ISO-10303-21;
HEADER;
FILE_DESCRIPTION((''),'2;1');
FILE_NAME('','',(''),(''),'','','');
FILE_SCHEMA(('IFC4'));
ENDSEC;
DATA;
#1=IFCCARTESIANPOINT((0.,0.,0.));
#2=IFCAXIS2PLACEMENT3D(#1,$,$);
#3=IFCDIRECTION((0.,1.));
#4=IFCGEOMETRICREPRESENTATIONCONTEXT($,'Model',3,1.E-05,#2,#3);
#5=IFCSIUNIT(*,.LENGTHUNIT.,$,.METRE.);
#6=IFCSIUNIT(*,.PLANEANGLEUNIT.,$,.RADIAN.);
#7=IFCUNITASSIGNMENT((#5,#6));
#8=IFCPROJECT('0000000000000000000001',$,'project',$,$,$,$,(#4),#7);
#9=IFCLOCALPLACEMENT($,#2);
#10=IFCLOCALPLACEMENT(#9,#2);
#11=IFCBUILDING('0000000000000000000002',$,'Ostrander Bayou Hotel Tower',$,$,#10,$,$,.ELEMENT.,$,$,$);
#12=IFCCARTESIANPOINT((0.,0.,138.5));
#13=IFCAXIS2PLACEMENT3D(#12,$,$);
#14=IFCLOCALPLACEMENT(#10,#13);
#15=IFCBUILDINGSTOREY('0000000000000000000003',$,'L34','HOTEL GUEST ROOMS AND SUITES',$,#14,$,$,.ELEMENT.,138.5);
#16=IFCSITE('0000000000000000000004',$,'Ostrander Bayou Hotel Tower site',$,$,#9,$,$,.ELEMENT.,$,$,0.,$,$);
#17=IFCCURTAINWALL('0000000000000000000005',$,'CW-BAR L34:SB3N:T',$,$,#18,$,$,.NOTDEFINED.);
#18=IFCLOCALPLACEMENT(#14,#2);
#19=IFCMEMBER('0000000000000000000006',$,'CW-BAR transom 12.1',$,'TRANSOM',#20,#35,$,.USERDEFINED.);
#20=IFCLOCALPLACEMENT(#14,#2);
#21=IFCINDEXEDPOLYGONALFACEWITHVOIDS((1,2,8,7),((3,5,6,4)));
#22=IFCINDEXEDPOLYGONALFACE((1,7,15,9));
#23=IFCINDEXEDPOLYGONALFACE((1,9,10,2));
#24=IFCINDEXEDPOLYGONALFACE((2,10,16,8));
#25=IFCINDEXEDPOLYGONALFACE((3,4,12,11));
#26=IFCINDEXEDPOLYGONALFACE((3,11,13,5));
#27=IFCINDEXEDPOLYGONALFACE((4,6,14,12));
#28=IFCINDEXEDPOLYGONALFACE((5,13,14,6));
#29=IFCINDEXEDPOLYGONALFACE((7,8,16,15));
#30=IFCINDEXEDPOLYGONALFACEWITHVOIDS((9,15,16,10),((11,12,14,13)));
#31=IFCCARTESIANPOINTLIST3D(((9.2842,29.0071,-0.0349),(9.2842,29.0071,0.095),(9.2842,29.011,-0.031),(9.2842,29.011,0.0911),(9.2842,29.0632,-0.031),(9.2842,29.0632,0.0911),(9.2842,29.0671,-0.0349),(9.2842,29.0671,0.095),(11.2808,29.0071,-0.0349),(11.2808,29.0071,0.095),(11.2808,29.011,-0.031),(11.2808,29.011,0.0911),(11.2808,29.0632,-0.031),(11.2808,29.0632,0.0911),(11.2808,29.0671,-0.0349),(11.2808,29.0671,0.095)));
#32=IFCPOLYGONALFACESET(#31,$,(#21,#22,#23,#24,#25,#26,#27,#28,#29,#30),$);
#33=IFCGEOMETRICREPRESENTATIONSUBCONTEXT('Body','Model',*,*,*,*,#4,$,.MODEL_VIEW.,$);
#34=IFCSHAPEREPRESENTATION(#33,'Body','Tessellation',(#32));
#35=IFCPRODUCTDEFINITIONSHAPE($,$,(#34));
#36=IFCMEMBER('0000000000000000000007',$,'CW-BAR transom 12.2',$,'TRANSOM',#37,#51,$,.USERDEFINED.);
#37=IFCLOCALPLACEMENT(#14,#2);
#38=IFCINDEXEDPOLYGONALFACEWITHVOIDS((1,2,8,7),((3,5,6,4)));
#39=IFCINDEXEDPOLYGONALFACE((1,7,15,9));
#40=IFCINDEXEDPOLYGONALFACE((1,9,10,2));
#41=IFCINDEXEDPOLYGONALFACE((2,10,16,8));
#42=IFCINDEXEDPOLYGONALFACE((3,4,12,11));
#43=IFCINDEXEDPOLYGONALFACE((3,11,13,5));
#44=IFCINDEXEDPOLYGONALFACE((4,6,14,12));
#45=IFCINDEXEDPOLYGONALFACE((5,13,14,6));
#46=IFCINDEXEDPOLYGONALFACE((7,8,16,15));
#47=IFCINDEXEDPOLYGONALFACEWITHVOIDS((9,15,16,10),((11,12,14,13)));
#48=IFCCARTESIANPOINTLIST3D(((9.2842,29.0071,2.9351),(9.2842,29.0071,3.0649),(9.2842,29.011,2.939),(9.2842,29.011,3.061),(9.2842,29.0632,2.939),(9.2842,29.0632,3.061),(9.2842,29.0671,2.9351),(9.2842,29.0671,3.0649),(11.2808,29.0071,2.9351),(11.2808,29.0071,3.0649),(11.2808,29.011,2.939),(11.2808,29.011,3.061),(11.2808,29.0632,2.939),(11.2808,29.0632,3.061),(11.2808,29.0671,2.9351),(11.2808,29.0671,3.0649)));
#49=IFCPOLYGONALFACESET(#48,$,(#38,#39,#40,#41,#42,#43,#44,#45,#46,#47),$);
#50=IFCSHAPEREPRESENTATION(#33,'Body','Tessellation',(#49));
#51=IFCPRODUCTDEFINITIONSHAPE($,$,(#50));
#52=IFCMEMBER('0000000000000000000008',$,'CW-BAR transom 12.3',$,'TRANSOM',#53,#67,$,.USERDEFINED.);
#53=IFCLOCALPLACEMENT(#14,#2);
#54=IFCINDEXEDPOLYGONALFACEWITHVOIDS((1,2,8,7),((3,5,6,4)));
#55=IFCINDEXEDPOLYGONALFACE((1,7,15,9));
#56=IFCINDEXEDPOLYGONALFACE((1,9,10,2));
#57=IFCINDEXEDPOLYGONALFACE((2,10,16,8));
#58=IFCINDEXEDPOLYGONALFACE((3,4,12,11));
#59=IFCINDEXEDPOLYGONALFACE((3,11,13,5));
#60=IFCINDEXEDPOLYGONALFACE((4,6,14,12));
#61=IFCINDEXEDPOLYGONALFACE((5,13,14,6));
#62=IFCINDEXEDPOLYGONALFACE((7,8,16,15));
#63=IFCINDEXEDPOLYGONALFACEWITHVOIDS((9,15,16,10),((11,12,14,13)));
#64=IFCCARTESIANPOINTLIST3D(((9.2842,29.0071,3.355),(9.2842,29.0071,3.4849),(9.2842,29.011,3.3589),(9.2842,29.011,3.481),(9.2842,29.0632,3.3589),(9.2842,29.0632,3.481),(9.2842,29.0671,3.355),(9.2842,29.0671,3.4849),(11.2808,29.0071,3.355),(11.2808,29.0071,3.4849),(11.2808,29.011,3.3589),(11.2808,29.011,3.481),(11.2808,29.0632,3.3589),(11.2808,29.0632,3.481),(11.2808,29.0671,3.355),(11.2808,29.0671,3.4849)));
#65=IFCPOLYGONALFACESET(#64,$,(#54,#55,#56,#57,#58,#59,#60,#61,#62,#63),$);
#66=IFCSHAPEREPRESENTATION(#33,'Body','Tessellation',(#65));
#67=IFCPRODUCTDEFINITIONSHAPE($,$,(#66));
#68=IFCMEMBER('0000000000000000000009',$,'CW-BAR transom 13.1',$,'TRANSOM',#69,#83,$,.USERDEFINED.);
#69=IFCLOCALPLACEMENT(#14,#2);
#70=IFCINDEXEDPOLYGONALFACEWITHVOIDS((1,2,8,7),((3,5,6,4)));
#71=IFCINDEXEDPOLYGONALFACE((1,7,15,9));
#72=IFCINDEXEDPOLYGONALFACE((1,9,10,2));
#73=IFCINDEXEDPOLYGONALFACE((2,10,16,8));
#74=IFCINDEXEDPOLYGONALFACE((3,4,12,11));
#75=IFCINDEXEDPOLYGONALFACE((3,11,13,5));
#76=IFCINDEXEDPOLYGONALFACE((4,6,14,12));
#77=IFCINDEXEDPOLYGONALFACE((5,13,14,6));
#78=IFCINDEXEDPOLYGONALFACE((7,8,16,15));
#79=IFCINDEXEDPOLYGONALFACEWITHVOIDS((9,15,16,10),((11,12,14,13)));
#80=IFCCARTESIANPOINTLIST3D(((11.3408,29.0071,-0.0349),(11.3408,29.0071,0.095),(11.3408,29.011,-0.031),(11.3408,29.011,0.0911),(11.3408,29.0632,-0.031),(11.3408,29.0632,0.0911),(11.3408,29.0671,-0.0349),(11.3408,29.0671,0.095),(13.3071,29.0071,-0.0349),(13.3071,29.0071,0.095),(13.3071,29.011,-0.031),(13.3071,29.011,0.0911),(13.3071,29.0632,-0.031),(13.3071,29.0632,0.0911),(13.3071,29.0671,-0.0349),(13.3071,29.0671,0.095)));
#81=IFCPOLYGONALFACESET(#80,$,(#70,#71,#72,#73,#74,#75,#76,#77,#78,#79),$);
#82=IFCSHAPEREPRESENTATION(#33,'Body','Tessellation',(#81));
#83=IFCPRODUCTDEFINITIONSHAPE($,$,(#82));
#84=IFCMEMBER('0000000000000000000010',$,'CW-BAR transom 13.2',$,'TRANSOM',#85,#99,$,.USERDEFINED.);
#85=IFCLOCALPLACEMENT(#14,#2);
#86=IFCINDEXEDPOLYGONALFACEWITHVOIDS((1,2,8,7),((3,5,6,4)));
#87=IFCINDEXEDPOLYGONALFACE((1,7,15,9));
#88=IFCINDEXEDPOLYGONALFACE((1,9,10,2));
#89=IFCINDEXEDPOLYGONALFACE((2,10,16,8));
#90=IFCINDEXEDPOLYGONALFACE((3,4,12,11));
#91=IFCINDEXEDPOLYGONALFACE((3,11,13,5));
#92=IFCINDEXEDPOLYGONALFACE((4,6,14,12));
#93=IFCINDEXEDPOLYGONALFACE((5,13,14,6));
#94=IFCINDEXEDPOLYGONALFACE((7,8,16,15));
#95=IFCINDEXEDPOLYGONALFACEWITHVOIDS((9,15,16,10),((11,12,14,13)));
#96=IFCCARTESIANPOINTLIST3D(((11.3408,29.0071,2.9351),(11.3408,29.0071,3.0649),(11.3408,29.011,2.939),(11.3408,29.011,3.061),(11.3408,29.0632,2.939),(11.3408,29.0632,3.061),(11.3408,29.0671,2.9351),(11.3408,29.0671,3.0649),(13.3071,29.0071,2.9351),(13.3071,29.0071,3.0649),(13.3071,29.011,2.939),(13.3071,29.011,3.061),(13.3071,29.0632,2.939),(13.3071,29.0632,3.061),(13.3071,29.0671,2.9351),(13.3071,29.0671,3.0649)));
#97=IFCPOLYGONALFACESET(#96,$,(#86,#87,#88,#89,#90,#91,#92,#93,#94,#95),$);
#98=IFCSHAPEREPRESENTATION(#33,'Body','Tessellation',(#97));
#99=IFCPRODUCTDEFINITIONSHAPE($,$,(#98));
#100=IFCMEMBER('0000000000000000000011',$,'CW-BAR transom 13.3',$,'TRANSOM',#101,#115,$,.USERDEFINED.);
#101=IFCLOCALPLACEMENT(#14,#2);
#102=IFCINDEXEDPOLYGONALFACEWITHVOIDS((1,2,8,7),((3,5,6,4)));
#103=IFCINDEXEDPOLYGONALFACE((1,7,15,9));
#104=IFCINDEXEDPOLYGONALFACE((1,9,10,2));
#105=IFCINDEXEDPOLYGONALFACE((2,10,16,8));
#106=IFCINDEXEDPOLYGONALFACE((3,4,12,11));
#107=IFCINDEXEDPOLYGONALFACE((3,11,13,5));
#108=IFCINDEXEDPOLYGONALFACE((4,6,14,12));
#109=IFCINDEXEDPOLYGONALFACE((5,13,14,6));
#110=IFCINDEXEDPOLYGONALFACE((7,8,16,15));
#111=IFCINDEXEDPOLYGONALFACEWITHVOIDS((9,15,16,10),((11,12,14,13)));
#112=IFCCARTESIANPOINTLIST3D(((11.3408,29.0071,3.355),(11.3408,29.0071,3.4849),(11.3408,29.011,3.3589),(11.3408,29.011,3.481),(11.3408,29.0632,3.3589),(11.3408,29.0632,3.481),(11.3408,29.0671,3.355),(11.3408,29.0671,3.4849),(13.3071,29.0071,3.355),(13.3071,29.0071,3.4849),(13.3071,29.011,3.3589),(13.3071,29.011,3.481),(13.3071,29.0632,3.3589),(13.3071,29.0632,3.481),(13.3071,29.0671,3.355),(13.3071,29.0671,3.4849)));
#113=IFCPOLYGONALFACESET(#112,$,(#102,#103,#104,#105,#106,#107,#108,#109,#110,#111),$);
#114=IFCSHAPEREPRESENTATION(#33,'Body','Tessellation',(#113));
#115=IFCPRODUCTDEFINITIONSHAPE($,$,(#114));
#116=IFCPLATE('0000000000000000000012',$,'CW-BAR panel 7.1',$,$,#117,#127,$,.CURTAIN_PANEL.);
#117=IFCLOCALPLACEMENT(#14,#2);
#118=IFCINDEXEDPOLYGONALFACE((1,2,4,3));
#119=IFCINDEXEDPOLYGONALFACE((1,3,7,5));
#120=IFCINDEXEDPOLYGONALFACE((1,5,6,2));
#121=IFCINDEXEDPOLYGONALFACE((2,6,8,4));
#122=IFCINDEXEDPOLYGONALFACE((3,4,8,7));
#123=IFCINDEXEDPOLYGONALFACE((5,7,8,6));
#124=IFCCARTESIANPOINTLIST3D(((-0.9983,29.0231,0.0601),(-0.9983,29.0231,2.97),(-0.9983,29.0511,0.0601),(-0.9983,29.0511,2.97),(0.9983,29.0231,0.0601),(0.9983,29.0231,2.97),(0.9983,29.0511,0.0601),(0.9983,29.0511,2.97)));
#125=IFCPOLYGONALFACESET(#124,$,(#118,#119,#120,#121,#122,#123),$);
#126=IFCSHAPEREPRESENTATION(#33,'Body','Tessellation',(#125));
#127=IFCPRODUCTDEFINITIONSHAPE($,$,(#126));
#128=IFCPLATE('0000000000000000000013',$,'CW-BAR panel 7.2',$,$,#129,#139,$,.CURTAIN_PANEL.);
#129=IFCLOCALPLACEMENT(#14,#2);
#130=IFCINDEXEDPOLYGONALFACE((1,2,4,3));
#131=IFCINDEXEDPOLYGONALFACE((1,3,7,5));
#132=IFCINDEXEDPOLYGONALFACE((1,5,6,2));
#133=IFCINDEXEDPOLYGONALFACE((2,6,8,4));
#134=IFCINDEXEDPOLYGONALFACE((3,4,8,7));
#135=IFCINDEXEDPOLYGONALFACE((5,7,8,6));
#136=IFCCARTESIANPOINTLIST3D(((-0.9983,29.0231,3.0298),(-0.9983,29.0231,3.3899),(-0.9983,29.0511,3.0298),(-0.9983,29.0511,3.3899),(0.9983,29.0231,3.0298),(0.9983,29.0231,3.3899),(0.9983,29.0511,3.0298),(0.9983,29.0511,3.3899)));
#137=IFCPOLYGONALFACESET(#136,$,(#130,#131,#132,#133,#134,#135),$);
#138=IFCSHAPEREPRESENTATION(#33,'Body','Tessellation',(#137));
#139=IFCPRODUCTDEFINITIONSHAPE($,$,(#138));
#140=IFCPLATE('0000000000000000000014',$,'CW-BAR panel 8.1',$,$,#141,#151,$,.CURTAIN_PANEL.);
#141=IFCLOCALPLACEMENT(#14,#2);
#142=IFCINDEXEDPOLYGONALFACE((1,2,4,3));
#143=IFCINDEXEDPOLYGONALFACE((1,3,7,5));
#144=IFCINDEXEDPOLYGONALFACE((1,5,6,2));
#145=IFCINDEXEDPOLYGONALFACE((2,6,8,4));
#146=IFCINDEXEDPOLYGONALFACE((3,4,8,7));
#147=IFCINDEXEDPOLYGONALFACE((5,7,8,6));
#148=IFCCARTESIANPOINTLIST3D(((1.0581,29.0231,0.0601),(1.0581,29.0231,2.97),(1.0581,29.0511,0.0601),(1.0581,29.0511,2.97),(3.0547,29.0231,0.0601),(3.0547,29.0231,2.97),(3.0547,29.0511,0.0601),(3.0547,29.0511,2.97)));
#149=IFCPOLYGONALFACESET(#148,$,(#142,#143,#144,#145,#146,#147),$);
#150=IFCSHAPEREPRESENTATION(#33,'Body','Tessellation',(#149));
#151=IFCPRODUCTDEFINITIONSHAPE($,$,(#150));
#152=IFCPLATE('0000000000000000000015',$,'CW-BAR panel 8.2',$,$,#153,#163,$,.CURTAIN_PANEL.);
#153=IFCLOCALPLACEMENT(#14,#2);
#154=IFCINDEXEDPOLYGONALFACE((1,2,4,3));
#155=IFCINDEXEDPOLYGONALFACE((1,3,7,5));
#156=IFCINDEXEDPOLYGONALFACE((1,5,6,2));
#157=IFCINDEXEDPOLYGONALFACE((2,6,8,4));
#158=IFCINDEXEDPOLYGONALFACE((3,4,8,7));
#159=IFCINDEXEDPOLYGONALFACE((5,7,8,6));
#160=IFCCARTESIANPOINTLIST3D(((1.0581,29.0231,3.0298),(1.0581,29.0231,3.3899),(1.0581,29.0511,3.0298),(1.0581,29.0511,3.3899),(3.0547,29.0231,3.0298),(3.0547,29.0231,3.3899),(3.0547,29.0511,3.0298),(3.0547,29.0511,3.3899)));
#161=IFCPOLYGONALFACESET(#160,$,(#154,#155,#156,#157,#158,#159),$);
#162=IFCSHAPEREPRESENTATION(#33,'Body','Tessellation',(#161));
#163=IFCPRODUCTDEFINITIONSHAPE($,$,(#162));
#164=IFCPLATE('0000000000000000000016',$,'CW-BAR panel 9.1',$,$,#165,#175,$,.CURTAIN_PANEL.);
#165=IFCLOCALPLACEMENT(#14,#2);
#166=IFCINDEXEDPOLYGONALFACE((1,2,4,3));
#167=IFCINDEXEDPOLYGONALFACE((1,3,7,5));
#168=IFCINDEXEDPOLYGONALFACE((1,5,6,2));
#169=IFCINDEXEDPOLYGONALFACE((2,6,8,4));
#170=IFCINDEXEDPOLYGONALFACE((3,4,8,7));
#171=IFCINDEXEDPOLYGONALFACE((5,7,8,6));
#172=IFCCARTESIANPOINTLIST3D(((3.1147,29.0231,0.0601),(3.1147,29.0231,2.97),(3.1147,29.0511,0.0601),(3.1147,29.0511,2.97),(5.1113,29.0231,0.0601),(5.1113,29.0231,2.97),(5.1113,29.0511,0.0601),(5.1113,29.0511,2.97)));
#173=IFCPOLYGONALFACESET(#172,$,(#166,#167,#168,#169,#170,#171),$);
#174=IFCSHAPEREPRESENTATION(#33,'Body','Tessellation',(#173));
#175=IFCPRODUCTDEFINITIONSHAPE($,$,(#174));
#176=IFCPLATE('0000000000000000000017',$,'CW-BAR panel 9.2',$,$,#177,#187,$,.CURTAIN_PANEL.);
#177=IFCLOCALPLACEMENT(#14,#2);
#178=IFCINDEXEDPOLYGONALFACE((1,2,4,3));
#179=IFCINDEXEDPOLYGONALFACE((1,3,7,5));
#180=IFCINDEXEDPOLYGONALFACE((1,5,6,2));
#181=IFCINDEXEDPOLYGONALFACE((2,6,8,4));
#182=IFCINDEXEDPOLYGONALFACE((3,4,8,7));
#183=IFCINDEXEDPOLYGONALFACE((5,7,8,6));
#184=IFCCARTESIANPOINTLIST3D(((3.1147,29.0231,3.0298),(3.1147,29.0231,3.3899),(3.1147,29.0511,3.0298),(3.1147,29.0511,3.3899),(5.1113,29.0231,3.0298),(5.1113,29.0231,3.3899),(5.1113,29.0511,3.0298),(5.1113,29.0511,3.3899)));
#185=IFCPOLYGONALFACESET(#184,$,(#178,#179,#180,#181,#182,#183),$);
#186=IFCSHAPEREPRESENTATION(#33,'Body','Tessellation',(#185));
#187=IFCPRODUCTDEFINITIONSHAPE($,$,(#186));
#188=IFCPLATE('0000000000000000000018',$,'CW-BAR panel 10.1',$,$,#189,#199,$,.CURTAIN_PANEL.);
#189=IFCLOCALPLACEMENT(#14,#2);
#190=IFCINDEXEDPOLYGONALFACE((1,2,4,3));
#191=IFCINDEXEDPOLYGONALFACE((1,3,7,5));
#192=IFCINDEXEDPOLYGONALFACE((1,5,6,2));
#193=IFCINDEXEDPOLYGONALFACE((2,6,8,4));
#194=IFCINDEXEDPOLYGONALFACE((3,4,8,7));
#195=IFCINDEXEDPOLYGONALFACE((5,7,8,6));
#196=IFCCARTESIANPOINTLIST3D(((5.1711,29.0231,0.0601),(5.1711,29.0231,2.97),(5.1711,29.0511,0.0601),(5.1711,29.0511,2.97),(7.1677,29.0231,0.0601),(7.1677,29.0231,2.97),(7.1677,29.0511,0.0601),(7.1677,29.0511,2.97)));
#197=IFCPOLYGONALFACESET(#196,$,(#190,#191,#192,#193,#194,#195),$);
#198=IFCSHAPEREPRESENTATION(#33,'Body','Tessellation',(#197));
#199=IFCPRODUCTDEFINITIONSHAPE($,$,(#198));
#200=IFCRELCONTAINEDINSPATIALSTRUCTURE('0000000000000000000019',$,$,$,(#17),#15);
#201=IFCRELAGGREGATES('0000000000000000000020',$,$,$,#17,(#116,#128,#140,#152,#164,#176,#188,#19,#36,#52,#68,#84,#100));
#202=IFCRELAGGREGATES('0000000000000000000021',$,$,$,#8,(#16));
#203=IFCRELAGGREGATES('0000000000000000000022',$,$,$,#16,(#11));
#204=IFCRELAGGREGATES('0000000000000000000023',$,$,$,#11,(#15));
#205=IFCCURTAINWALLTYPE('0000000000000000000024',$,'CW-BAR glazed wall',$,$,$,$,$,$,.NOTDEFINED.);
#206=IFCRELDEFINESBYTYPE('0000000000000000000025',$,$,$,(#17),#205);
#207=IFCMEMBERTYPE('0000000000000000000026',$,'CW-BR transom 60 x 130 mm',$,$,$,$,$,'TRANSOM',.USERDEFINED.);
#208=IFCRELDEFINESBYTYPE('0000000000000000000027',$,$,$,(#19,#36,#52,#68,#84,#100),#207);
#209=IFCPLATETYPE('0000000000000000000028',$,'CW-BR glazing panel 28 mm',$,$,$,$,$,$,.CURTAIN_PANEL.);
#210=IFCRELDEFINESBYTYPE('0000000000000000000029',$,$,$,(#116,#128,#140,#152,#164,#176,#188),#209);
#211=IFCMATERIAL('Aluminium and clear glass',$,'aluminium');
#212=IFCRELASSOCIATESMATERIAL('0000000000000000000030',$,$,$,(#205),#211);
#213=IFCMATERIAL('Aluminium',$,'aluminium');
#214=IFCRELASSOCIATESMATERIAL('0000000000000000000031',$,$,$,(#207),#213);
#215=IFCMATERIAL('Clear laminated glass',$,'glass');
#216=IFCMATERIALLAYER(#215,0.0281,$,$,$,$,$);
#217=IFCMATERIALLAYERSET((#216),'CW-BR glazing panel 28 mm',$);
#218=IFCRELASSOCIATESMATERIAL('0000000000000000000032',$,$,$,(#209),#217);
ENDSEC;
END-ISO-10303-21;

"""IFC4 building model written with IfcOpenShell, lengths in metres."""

from ifc_helpers import new_model, si_unit, direction, frame, origin, origin_2d, place, context, subcontext, project, spatial, rectangle, hollow_rectangle, extrude, material, layer, layer_set, material_profile, profile_set, type_object, element, aggregate, save


model = new_model("IFC4")

# Units and contexts
model_context = context("Model", 3, precision=1e-05, world=origin(), true_north=direction((0.0, 1.0)))
body_context = subcontext(model_context, "Body", "Model", "MODEL_VIEW")
ifc_project = project(units=[si_unit("LENGTHUNIT", "METRE"), si_unit("PLANEANGLEUNIT", "RADIAN")], contexts=[model_context])

# Site, building, storey
site_placement = place(None, origin())
site = spatial("IfcSite", under=ifc_project, at=site_placement, Name="Ostrander Bayou Hotel Tower site", CompositionType="ELEMENT", RefElevation=0.0)
building_placement = place(site_placement, origin())
building = spatial("IfcBuilding", under=site, at=building_placement, Name="Ostrander Bayou Hotel Tower", CompositionType="ELEMENT")
storey_placement = place(building_placement, frame((0.0, 0.0, 138.5)))
storey = spatial("IfcBuildingStorey", under=building, at=storey_placement, Name="L34", Description="HOTEL GUEST ROOMS AND SUITES", CompositionType="ELEMENT", Elevation=138.5)

# Curtain wall, members, plates
ifc_material_1 = material(Name="Aluminium and clear glass", Category="aluminium")
curtain_wall_type = type_object("IfcCurtainWallType", Name="CW-BAR glazed wall", PredefinedType="NOTDEFINED", material=ifc_material_1)
curtain_wall_placement = place(storey_placement, origin())
curtain_wall = element("IfcCurtainWall", 1, at=curtain_wall_placement, inside=storey, type_object=curtain_wall_type, Name="CW-BAR L34:SB3N:T", PredefinedType="NOTDEFINED")
ifc_material_2 = material(Name="Aluminium", Category="aluminium")
ifc_material_profile_1 = material_profile(ifc_material_2, hollow_rectangle(XDim=0.0601, YDim=0.1299, WallThickness=0.0039, at=origin_2d()))
ifc_profile_set_1 = profile_set([ifc_material_profile_1], Name="Aluminium")
member_type_1 = type_object("IfcMemberType", Name="CW-BR transom 60 x 130 mm", ElementType="TRANSOM", PredefinedType="USERDEFINED", material=ifc_profile_set_1)
member_1_placement = place(storey_placement, frame((9.2842, 29.0371, 0.03), z_axis=(1.0, 0.0, 0.0), x_axis=(0.0, 1.0, 0.0)))
member_1 = element("IfcMember", 2, at=member_1_placement, type_object=member_type_1, Name="CW-BAR transom 12.1", ObjectType="TRANSOM", PredefinedType="USERDEFINED", context=body_context, shape_type="SweptSolid", body=[
    extrude(hollow_rectangle(XDim=0.0601, YDim=0.1299, WallThickness=0.0039, at=origin_2d()), origin(), (0.0, 0.0, 1.0), 1.9966),
])
member_2_placement = place(storey_placement, frame((9.2842, 29.0371, 3.0), z_axis=(1.0, 0.0, 0.0), x_axis=(0.0, 1.0, 0.0)))
member_2 = element("IfcMember", 3, at=member_2_placement, type_object=member_type_1, Name="CW-BAR transom 12.2", ObjectType="TRANSOM", PredefinedType="USERDEFINED", context=body_context, shape_type="SweptSolid", body=[
    extrude(hollow_rectangle(XDim=0.0601, YDim=0.1299, WallThickness=0.0039, at=origin_2d()), origin(), (0.0, 0.0, 1.0), 1.9966),
])
member_3_placement = place(storey_placement, frame((9.2842, 29.0371, 3.4199), z_axis=(1.0, 0.0, 0.0), x_axis=(0.0, 1.0, 0.0)))
member_3 = element("IfcMember", 4, at=member_3_placement, type_object=member_type_1, Name="CW-BAR transom 12.3", ObjectType="TRANSOM", PredefinedType="USERDEFINED", context=body_context, shape_type="SweptSolid", body=[
    extrude(hollow_rectangle(XDim=0.0601, YDim=0.1299, WallThickness=0.0039, at=origin_2d()), origin(), (0.0, 0.0, 1.0), 1.9966),
])
member_4_placement = place(storey_placement, frame((11.3408, 29.0371, 0.03), z_axis=(1.0, 0.0, 0.0), x_axis=(0.0, 1.0, 0.0)))
member_4 = element("IfcMember", 5, at=member_4_placement, type_object=member_type_1, Name="CW-BAR transom 13.1", ObjectType="TRANSOM", PredefinedType="USERDEFINED", context=body_context, shape_type="SweptSolid", body=[
    extrude(hollow_rectangle(XDim=0.0601, YDim=0.1299, WallThickness=0.0039, at=origin_2d()), origin(), (0.0, 0.0, 1.0), 1.9663),
])
member_5_placement = place(storey_placement, frame((11.3408, 29.0371, 3.0), z_axis=(1.0, 0.0, 0.0), x_axis=(0.0, 1.0, 0.0)))
member_5 = element("IfcMember", 6, at=member_5_placement, type_object=member_type_1, Name="CW-BAR transom 13.2", ObjectType="TRANSOM", PredefinedType="USERDEFINED", context=body_context, shape_type="SweptSolid", body=[
    extrude(hollow_rectangle(XDim=0.0601, YDim=0.1299, WallThickness=0.0039, at=origin_2d()), origin(), (0.0, 0.0, 1.0), 1.9663),
])
member_6_placement = place(storey_placement, frame((11.3408, 29.0371, 3.4199), z_axis=(1.0, 0.0, 0.0), x_axis=(0.0, 1.0, 0.0)))
member_6 = element("IfcMember", 7, at=member_6_placement, type_object=member_type_1, Name="CW-BAR transom 13.3", ObjectType="TRANSOM", PredefinedType="USERDEFINED", context=body_context, shape_type="SweptSolid", body=[
    extrude(hollow_rectangle(XDim=0.0601, YDim=0.1299, WallThickness=0.0039, at=origin_2d()), origin(), (0.0, 0.0, 1.0), 1.9663),
])
ifc_material_3 = material(Name="Clear laminated glass", Category="glass")
ifc_layer_1 = layer(ifc_material_3, 0.0281)
ifc_layer_set_1 = layer_set([ifc_layer_1], Name="CW-BR glazing panel 28 mm")
plate_type = type_object("IfcPlateType", Name="CW-BR glazing panel 28 mm", PredefinedType="CURTAIN_PANEL", material=ifc_layer_set_1)
plate_1_placement = place(storey_placement, frame((0.0, 29.0371, 0.0601), z_axis=(0.0, 0.0, 1.0), x_axis=(1.0, 0.0, 0.0)))
plate_1 = element("IfcPlate", 8, at=plate_1_placement, type_object=plate_type, Name="CW-BAR panel 7.1", PredefinedType="CURTAIN_PANEL", context=body_context, shape_type="SweptSolid", body=[
    extrude(rectangle(XDim=1.9966, YDim=0.0281, at=origin_2d()), origin(), (0.0, 0.0, 1.0), 2.9099),
])
plate_2_placement = place(storey_placement, frame((0.0, 29.0371, 3.0298), z_axis=(0.0, 0.0, 1.0), x_axis=(1.0, 0.0, 0.0)))
plate_2 = element("IfcPlate", 9, at=plate_2_placement, type_object=plate_type, Name="CW-BAR panel 7.2", PredefinedType="CURTAIN_PANEL", context=body_context, shape_type="SweptSolid", body=[
    extrude(rectangle(XDim=1.9966, YDim=0.0281, at=origin_2d()), origin(), (0.0, 0.0, 1.0), 0.3601),
])
plate_3_placement = place(storey_placement, frame((2.0564, 29.0371, 0.0601), z_axis=(0.0, 0.0, 1.0), x_axis=(1.0, 0.0, 0.0)))
plate_3 = element("IfcPlate", 10, at=plate_3_placement, type_object=plate_type, Name="CW-BAR panel 8.1", PredefinedType="CURTAIN_PANEL", context=body_context, shape_type="SweptSolid", body=[
    extrude(rectangle(XDim=1.9966, YDim=0.0281, at=origin_2d()), origin(), (0.0, 0.0, 1.0), 2.9099),
])
plate_4_placement = place(storey_placement, frame((2.0564, 29.0371, 3.0298), z_axis=(0.0, 0.0, 1.0), x_axis=(1.0, 0.0, 0.0)))
plate_4 = element("IfcPlate", 11, at=plate_4_placement, type_object=plate_type, Name="CW-BAR panel 8.2", PredefinedType="CURTAIN_PANEL", context=body_context, shape_type="SweptSolid", body=[
    extrude(rectangle(XDim=1.9966, YDim=0.0281, at=origin_2d()), origin(), (0.0, 0.0, 1.0), 0.3601),
])
plate_5_placement = place(storey_placement, frame((4.113, 29.0371, 0.0601), z_axis=(0.0, 0.0, 1.0), x_axis=(1.0, 0.0, 0.0)))
plate_5 = element("IfcPlate", 12, at=plate_5_placement, type_object=plate_type, Name="CW-BAR panel 9.1", PredefinedType="CURTAIN_PANEL", context=body_context, shape_type="SweptSolid", body=[
    extrude(rectangle(XDim=1.9966, YDim=0.0281, at=origin_2d()), origin(), (0.0, 0.0, 1.0), 2.9099),
])
plate_6_placement = place(storey_placement, frame((4.113, 29.0371, 3.0298), z_axis=(0.0, 0.0, 1.0), x_axis=(1.0, 0.0, 0.0)))
plate_6 = element("IfcPlate", 13, at=plate_6_placement, type_object=plate_type, Name="CW-BAR panel 9.2", PredefinedType="CURTAIN_PANEL", context=body_context, shape_type="SweptSolid", body=[
    extrude(rectangle(XDim=1.9966, YDim=0.0281, at=origin_2d()), origin(), (0.0, 0.0, 1.0), 0.3601),
])
plate_7_placement = place(storey_placement, frame((6.1694, 29.0371, 0.0601), z_axis=(0.0, 0.0, 1.0), x_axis=(1.0, 0.0, 0.0)))
plate_7 = element("IfcPlate", 14, at=plate_7_placement, type_object=plate_type, Name="CW-BAR panel 10.1", PredefinedType="CURTAIN_PANEL", context=body_context, shape_type="SweptSolid", body=[
    extrude(rectangle(XDim=1.9966, YDim=0.0281, at=origin_2d()), origin(), (0.0, 0.0, 1.0), 2.9099),
])
aggregate(curtain_wall, [plate_1, plate_2, plate_3, plate_4, plate_5, plate_6, plate_7, member_1, member_2, member_3, member_4, member_5, member_6])

save(model, "model.ifc")
